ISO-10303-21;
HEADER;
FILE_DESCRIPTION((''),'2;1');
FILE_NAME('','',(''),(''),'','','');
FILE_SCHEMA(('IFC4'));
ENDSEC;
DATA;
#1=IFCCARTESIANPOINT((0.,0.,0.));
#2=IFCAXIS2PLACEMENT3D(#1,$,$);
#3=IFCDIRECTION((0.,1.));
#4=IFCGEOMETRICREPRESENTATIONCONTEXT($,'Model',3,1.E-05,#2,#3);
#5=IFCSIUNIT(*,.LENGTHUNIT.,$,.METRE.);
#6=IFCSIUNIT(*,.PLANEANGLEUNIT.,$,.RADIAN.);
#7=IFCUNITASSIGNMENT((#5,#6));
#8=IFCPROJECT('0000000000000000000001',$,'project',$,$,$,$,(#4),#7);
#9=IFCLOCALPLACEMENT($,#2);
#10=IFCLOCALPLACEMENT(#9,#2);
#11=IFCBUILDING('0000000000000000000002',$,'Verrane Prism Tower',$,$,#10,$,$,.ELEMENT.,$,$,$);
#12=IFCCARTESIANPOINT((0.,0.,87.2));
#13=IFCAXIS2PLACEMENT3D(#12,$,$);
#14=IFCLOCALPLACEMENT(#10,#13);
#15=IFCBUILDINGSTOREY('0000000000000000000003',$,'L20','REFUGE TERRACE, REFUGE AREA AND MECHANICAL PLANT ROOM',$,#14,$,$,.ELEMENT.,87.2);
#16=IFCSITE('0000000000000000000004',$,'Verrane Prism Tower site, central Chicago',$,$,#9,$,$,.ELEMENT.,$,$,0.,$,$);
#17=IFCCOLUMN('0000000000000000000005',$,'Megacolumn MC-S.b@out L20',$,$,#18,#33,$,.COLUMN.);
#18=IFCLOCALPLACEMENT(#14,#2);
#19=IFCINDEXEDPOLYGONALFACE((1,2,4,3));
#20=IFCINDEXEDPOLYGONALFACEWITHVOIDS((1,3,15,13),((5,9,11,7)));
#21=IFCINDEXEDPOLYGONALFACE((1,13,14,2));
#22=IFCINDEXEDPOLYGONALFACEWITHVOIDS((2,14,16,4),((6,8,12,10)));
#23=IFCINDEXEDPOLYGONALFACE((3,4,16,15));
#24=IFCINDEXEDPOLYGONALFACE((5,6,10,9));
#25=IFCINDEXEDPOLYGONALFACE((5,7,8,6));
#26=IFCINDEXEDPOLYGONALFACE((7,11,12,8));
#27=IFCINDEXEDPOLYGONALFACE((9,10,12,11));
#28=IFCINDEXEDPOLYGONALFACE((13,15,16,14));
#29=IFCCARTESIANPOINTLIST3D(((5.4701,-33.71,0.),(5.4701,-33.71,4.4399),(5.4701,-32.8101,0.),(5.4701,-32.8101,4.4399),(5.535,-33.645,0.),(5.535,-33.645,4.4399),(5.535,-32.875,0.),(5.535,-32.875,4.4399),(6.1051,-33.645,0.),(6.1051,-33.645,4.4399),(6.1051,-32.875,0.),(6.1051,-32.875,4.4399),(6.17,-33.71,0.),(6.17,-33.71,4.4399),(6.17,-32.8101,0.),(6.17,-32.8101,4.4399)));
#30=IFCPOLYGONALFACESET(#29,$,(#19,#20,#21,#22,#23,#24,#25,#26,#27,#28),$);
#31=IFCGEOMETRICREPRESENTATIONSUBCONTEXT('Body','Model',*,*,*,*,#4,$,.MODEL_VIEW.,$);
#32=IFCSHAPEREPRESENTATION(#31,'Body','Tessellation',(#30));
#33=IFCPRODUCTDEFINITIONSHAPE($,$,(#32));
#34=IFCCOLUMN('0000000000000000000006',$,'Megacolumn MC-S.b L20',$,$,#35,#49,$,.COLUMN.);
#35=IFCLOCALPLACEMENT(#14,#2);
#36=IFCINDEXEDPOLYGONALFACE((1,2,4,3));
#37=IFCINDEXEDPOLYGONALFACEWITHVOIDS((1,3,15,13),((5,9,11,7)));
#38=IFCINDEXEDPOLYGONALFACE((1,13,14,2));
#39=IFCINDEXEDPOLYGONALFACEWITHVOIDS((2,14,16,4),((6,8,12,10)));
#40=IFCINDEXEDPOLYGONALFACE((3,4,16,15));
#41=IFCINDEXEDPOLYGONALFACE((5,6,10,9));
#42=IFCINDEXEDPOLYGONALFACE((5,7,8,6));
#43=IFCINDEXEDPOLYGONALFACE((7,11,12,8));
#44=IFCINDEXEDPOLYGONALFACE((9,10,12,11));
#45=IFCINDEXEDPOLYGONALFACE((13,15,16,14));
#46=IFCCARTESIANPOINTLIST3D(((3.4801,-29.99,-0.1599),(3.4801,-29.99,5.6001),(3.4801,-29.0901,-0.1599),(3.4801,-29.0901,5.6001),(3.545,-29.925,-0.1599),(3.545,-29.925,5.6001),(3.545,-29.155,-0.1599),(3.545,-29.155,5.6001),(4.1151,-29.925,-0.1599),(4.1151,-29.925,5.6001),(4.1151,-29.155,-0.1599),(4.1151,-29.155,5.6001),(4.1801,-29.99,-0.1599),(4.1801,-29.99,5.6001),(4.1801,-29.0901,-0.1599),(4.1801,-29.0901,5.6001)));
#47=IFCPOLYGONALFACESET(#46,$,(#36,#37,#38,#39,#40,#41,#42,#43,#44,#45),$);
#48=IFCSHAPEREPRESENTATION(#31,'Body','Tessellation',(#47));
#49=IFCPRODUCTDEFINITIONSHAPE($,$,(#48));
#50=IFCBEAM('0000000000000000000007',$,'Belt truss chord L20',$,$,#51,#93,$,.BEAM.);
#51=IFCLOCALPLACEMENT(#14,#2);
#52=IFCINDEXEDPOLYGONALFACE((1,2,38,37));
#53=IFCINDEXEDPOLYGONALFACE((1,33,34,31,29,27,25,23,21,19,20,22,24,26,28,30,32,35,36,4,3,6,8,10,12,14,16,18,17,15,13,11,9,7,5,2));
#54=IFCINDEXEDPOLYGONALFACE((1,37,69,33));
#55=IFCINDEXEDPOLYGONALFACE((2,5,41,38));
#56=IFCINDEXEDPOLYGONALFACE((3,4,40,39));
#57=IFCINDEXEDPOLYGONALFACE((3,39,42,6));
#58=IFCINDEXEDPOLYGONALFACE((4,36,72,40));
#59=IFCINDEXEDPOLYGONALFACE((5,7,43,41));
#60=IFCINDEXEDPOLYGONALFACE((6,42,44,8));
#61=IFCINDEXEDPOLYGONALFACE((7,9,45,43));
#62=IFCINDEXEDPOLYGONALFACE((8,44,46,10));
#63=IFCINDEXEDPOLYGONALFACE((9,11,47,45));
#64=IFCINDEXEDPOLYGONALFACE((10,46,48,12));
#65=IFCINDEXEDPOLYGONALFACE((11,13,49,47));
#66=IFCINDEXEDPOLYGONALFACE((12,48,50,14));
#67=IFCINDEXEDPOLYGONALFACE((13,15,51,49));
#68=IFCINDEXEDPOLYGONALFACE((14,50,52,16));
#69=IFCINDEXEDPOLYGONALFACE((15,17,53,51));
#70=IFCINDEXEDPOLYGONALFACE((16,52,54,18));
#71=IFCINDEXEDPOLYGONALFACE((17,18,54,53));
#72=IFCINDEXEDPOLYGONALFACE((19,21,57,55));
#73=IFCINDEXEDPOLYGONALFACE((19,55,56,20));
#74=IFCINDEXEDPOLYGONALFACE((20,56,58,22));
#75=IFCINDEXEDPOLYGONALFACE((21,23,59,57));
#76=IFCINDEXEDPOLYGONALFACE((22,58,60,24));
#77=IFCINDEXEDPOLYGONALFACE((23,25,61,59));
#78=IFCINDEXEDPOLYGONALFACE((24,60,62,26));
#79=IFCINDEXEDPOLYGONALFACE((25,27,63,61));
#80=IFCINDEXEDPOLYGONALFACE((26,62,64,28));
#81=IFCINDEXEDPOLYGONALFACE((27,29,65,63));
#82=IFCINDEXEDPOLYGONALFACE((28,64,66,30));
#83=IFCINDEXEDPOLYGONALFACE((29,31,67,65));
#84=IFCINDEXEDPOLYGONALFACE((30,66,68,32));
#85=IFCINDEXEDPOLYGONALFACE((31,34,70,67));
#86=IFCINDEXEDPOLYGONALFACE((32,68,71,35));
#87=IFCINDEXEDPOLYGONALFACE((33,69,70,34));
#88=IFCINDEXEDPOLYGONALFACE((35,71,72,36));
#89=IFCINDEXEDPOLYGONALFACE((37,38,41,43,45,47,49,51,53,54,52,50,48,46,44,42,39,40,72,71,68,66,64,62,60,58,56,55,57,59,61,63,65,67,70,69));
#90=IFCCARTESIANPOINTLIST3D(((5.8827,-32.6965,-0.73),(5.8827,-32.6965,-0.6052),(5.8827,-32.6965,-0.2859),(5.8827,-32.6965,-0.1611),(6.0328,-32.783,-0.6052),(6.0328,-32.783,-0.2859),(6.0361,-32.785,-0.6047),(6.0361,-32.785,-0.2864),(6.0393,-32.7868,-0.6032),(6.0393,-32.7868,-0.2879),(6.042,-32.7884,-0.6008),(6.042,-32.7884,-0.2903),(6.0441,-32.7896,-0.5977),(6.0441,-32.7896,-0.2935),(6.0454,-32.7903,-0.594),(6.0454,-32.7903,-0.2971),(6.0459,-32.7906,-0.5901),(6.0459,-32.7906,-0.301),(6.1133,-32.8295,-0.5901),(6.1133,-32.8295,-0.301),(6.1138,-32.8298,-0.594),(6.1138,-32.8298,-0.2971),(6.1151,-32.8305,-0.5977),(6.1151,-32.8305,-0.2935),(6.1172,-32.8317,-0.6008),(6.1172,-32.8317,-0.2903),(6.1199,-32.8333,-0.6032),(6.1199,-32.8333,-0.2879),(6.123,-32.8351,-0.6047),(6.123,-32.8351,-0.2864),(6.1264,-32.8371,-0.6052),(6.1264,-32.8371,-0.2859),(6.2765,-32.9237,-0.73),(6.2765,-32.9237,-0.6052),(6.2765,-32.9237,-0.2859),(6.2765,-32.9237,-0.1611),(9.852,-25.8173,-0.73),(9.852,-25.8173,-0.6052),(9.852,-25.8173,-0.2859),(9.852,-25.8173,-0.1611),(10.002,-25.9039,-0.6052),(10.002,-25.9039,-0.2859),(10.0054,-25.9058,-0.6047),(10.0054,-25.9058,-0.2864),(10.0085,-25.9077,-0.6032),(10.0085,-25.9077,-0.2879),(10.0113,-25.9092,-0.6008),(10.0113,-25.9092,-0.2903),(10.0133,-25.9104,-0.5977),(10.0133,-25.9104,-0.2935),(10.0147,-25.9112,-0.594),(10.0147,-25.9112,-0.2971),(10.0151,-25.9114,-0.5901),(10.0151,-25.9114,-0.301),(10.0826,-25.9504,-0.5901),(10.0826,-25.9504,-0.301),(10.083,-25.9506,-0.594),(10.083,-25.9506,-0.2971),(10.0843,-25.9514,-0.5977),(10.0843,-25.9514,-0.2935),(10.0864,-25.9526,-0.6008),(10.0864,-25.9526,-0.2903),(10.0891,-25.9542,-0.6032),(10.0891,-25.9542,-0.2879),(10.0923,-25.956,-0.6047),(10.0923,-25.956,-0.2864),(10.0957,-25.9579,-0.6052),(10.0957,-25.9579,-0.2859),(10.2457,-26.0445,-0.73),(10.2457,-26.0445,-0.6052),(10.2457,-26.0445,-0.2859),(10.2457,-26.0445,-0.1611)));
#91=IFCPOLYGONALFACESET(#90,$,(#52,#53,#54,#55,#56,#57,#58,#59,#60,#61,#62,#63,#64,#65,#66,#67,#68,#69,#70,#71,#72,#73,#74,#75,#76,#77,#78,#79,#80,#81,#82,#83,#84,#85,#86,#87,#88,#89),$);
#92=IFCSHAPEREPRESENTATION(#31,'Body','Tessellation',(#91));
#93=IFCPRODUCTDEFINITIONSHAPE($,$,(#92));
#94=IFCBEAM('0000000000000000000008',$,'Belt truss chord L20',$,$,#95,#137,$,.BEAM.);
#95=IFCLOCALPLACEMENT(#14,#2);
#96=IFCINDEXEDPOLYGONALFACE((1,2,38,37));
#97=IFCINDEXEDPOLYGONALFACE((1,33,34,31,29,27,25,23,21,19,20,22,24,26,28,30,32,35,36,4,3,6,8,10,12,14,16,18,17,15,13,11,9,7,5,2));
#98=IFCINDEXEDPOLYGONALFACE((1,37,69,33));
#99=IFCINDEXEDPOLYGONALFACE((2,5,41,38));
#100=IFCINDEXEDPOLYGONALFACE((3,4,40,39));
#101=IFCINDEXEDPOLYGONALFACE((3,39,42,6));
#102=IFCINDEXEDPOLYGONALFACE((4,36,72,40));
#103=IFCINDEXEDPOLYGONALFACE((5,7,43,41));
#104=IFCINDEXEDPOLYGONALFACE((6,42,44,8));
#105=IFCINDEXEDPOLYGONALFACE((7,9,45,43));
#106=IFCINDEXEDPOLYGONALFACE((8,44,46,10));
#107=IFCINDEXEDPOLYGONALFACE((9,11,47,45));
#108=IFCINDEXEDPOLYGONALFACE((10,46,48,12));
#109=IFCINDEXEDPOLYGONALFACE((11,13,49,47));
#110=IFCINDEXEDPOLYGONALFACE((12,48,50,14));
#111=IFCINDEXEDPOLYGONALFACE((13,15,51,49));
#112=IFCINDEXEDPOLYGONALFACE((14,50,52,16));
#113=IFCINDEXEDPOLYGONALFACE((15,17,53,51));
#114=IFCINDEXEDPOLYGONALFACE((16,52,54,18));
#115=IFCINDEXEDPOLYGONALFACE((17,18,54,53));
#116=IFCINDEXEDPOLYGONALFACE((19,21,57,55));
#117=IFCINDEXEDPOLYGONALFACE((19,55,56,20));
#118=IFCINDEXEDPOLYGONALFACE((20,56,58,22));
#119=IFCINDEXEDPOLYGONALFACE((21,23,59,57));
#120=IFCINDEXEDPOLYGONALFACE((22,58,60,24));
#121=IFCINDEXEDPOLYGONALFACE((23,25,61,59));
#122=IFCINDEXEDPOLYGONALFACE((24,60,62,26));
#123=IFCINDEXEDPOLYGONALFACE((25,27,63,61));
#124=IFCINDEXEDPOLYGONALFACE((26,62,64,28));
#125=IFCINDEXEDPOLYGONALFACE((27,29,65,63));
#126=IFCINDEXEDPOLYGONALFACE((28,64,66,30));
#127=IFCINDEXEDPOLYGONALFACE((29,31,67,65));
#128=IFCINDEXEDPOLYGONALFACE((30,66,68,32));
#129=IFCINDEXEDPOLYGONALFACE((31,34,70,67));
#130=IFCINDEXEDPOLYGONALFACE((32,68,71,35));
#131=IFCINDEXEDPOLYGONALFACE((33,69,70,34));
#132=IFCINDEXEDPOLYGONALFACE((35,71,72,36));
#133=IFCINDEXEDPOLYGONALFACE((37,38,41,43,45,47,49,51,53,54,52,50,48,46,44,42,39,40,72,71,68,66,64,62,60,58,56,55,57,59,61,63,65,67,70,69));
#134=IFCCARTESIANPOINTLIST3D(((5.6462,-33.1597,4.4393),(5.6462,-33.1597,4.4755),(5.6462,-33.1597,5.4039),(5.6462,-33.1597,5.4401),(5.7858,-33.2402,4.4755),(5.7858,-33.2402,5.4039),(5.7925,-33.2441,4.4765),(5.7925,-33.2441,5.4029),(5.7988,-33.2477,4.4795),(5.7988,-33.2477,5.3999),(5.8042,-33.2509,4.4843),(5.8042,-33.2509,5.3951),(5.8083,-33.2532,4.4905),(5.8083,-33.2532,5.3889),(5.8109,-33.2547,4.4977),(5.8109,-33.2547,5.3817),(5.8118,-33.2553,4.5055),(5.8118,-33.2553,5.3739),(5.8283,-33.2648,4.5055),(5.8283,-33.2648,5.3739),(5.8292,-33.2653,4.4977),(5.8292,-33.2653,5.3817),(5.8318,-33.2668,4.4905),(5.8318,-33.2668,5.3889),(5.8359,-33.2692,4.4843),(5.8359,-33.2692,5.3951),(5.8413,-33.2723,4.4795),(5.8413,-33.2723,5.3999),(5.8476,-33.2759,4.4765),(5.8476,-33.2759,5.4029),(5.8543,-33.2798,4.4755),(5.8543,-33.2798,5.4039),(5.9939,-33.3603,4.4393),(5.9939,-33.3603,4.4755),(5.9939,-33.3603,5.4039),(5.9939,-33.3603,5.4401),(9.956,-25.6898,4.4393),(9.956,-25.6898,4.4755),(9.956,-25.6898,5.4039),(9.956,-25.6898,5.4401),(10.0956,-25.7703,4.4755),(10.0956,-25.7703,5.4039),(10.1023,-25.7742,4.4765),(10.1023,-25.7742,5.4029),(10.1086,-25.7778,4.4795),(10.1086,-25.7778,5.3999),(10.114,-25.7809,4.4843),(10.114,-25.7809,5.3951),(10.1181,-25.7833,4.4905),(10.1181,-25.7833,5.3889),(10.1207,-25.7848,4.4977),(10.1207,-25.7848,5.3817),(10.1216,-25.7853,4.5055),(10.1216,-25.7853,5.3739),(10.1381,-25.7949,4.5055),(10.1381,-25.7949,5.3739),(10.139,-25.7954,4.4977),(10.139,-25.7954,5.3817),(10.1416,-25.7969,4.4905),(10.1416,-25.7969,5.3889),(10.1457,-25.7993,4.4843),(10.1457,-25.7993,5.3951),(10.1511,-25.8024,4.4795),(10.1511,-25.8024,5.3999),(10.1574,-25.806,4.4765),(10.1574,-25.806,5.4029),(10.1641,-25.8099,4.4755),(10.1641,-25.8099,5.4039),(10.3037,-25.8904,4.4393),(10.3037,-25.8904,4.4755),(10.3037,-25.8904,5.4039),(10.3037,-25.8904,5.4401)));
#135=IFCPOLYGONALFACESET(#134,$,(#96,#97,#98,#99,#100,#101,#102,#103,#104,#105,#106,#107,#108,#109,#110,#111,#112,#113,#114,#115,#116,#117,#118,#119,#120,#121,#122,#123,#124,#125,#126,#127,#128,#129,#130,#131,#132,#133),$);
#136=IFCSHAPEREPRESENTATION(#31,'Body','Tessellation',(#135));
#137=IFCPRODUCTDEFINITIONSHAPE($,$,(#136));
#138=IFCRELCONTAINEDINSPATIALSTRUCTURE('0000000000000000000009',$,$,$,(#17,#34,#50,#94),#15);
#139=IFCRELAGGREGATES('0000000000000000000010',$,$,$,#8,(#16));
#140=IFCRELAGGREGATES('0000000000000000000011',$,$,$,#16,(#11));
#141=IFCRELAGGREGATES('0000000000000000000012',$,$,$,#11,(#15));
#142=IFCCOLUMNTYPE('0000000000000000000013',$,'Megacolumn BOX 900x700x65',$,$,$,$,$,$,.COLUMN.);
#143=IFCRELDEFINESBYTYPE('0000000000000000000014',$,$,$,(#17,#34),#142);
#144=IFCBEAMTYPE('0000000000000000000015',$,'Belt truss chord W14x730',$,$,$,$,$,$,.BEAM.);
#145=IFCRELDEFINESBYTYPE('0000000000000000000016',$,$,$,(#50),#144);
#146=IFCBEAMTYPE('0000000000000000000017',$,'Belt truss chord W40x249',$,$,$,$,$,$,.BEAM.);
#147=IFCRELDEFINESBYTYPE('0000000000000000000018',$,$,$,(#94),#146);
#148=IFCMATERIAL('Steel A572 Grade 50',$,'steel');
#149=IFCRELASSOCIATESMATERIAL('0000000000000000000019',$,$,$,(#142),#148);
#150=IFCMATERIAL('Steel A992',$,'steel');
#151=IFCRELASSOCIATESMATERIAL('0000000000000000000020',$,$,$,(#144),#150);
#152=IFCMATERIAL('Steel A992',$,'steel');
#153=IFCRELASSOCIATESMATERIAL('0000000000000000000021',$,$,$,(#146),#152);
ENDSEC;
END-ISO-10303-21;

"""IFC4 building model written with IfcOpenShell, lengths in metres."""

from ifc_helpers import new_model, si_unit, direction, frame, origin, origin_2d, place, context, subcontext, project, spatial, hollow_rectangle, i_section, extrude, material, material_profile, profile_set, type_object, element, save


model = new_model("IFC4")

# Units and contexts
model_context = context("Model", 3, precision=1e-05, world=origin(), true_north=direction((0.0, 1.0)))
body_context = subcontext(model_context, "Body", "Model", "MODEL_VIEW")
ifc_project = project(units=[si_unit("LENGTHUNIT", "METRE"), si_unit("PLANEANGLEUNIT", "RADIAN")], contexts=[model_context])

# Site, building, storey
site_placement = place(None, origin())
site = spatial("IfcSite", under=ifc_project, at=site_placement, Name="Verrane Prism Tower site, central Chicago", CompositionType="ELEMENT", RefElevation=0.0)
building_placement = place(site_placement, origin())
building = spatial("IfcBuilding", under=site, at=building_placement, Name="Verrane Prism Tower", CompositionType="ELEMENT")
storey_placement = place(building_placement, frame((0.0, 0.0, 87.2)))
storey = spatial("IfcBuildingStorey", under=building, at=storey_placement, Name="L20", Description="REFUGE TERRACE, REFUGE AREA AND MECHANICAL PLANT ROOM", CompositionType="ELEMENT", Elevation=87.2)

# Columns
ifc_material_1 = material(Name="Steel A572 Grade 50", Category="steel")
ifc_material_profile_1 = material_profile(ifc_material_1, hollow_rectangle(XDim=0.7, YDim=0.8999, WallThickness=0.0649, at=origin_2d()), Name="BOX 900x700x65")
ifc_profile_set_1 = profile_set([ifc_material_profile_1], Name="Steel A572 Grade 50")
column_type = type_object("IfcColumnType", Name="Megacolumn BOX 900x700x65", PredefinedType="COLUMN", material=ifc_profile_set_1)
column_1_placement = place(storey_placement, frame((5.8201, -33.26, 0.0), z_axis=(0.0, 0.0, 1.0), x_axis=(-1.0, 0.0, 0.0)))
element("IfcColumn", 1, at=column_1_placement, inside=storey, type_object=column_type, Name="Megacolumn MC-S.b@out L20", PredefinedType="COLUMN", context=body_context, shape_type="SweptSolid", body=[
    extrude(hollow_rectangle(XDim=0.7, YDim=0.8999, WallThickness=0.0649, at=origin_2d()), origin(), (0.0, 0.0, 1.0), 4.4399),
])
column_2_placement = place(storey_placement, frame((3.8301, -29.54, -0.1599), z_axis=(0.0, 0.0, 1.0), x_axis=(-1.0, 0.0, 0.0)))
element("IfcColumn", 2, at=column_2_placement, inside=storey, type_object=column_type, Name="Megacolumn MC-S.b L20", PredefinedType="COLUMN", context=body_context, shape_type="SweptSolid", body=[
    extrude(hollow_rectangle(XDim=0.7, YDim=0.8999, WallThickness=0.0649, at=origin_2d()), origin(), (0.0, 0.0, 1.0), 5.76),
])

# Beams
ifc_material_2 = material(Name="Steel A992", Category="steel")
ifc_material_profile_2 = material_profile(ifc_material_2, i_section(OverallWidth=0.4546, OverallDepth=0.5688, WebThickness=0.0779, FlangeThickness=0.1248, FilletRadius=0.0151, at=origin_2d()), Name="W14x730")
ifc_profile_set_2 = profile_set([ifc_material_profile_2], Name="Steel A992")
beam_type_1 = type_object("IfcBeamType", Name="Belt truss chord W14x730", PredefinedType="BEAM", material=ifc_profile_set_2)
beam_1_placement = place(storey_placement, frame((6.0796, -32.8101, -0.4456), z_axis=(0.499769, 0.866158, 0.0), x_axis=(-0.866158, 0.499769, 0.0)))
element("IfcBeam", 3, at=beam_1_placement, inside=storey, type_object=beam_type_1, Name="Belt truss chord L20", PredefinedType="BEAM", context=body_context, shape_type="SweptSolid", body=[
    extrude(i_section(OverallWidth=0.4546, OverallDepth=0.5688, WebThickness=0.0779, FlangeThickness=0.1248, FilletRadius=0.0151, at=origin_2d()), origin(), (0.0, 0.0, 1.0), 7.9421),
])
ifc_material_3 = material(Name="Steel A992", Category="steel")
ifc_material_profile_3 = material_profile(ifc_material_3, i_section(OverallWidth=0.4014, OverallDepth=1.0007, WebThickness=0.019, FlangeThickness=0.0361, FilletRadius=0.03, at=origin_2d()), Name="W40x249")
ifc_profile_set_3 = profile_set([ifc_material_profile_3], Name="Steel A992")
beam_type_2 = type_object("IfcBeamType", Name="Belt truss chord W40x249", PredefinedType="BEAM", material=ifc_profile_set_3)
beam_2_placement = place(storey_placement, frame((5.8201, -33.26, 4.9397), z_axis=(0.499741, 0.866175, 0.0), x_axis=(-0.866175, 0.499741, 0.0)))
element("IfcBeam", 4, at=beam_2_placement, inside=storey, type_object=beam_type_2, Name="Belt truss chord L20", PredefinedType="BEAM", context=body_context, shape_type="SweptSolid", body=[
    extrude(i_section(OverallWidth=0.4014, OverallDepth=1.0007, WebThickness=0.019, FlangeThickness=0.0361, FilletRadius=0.03, at=origin_2d()), origin(), (0.0, 0.0, 1.0), 8.624),
])

save(model, "model.ifc")
